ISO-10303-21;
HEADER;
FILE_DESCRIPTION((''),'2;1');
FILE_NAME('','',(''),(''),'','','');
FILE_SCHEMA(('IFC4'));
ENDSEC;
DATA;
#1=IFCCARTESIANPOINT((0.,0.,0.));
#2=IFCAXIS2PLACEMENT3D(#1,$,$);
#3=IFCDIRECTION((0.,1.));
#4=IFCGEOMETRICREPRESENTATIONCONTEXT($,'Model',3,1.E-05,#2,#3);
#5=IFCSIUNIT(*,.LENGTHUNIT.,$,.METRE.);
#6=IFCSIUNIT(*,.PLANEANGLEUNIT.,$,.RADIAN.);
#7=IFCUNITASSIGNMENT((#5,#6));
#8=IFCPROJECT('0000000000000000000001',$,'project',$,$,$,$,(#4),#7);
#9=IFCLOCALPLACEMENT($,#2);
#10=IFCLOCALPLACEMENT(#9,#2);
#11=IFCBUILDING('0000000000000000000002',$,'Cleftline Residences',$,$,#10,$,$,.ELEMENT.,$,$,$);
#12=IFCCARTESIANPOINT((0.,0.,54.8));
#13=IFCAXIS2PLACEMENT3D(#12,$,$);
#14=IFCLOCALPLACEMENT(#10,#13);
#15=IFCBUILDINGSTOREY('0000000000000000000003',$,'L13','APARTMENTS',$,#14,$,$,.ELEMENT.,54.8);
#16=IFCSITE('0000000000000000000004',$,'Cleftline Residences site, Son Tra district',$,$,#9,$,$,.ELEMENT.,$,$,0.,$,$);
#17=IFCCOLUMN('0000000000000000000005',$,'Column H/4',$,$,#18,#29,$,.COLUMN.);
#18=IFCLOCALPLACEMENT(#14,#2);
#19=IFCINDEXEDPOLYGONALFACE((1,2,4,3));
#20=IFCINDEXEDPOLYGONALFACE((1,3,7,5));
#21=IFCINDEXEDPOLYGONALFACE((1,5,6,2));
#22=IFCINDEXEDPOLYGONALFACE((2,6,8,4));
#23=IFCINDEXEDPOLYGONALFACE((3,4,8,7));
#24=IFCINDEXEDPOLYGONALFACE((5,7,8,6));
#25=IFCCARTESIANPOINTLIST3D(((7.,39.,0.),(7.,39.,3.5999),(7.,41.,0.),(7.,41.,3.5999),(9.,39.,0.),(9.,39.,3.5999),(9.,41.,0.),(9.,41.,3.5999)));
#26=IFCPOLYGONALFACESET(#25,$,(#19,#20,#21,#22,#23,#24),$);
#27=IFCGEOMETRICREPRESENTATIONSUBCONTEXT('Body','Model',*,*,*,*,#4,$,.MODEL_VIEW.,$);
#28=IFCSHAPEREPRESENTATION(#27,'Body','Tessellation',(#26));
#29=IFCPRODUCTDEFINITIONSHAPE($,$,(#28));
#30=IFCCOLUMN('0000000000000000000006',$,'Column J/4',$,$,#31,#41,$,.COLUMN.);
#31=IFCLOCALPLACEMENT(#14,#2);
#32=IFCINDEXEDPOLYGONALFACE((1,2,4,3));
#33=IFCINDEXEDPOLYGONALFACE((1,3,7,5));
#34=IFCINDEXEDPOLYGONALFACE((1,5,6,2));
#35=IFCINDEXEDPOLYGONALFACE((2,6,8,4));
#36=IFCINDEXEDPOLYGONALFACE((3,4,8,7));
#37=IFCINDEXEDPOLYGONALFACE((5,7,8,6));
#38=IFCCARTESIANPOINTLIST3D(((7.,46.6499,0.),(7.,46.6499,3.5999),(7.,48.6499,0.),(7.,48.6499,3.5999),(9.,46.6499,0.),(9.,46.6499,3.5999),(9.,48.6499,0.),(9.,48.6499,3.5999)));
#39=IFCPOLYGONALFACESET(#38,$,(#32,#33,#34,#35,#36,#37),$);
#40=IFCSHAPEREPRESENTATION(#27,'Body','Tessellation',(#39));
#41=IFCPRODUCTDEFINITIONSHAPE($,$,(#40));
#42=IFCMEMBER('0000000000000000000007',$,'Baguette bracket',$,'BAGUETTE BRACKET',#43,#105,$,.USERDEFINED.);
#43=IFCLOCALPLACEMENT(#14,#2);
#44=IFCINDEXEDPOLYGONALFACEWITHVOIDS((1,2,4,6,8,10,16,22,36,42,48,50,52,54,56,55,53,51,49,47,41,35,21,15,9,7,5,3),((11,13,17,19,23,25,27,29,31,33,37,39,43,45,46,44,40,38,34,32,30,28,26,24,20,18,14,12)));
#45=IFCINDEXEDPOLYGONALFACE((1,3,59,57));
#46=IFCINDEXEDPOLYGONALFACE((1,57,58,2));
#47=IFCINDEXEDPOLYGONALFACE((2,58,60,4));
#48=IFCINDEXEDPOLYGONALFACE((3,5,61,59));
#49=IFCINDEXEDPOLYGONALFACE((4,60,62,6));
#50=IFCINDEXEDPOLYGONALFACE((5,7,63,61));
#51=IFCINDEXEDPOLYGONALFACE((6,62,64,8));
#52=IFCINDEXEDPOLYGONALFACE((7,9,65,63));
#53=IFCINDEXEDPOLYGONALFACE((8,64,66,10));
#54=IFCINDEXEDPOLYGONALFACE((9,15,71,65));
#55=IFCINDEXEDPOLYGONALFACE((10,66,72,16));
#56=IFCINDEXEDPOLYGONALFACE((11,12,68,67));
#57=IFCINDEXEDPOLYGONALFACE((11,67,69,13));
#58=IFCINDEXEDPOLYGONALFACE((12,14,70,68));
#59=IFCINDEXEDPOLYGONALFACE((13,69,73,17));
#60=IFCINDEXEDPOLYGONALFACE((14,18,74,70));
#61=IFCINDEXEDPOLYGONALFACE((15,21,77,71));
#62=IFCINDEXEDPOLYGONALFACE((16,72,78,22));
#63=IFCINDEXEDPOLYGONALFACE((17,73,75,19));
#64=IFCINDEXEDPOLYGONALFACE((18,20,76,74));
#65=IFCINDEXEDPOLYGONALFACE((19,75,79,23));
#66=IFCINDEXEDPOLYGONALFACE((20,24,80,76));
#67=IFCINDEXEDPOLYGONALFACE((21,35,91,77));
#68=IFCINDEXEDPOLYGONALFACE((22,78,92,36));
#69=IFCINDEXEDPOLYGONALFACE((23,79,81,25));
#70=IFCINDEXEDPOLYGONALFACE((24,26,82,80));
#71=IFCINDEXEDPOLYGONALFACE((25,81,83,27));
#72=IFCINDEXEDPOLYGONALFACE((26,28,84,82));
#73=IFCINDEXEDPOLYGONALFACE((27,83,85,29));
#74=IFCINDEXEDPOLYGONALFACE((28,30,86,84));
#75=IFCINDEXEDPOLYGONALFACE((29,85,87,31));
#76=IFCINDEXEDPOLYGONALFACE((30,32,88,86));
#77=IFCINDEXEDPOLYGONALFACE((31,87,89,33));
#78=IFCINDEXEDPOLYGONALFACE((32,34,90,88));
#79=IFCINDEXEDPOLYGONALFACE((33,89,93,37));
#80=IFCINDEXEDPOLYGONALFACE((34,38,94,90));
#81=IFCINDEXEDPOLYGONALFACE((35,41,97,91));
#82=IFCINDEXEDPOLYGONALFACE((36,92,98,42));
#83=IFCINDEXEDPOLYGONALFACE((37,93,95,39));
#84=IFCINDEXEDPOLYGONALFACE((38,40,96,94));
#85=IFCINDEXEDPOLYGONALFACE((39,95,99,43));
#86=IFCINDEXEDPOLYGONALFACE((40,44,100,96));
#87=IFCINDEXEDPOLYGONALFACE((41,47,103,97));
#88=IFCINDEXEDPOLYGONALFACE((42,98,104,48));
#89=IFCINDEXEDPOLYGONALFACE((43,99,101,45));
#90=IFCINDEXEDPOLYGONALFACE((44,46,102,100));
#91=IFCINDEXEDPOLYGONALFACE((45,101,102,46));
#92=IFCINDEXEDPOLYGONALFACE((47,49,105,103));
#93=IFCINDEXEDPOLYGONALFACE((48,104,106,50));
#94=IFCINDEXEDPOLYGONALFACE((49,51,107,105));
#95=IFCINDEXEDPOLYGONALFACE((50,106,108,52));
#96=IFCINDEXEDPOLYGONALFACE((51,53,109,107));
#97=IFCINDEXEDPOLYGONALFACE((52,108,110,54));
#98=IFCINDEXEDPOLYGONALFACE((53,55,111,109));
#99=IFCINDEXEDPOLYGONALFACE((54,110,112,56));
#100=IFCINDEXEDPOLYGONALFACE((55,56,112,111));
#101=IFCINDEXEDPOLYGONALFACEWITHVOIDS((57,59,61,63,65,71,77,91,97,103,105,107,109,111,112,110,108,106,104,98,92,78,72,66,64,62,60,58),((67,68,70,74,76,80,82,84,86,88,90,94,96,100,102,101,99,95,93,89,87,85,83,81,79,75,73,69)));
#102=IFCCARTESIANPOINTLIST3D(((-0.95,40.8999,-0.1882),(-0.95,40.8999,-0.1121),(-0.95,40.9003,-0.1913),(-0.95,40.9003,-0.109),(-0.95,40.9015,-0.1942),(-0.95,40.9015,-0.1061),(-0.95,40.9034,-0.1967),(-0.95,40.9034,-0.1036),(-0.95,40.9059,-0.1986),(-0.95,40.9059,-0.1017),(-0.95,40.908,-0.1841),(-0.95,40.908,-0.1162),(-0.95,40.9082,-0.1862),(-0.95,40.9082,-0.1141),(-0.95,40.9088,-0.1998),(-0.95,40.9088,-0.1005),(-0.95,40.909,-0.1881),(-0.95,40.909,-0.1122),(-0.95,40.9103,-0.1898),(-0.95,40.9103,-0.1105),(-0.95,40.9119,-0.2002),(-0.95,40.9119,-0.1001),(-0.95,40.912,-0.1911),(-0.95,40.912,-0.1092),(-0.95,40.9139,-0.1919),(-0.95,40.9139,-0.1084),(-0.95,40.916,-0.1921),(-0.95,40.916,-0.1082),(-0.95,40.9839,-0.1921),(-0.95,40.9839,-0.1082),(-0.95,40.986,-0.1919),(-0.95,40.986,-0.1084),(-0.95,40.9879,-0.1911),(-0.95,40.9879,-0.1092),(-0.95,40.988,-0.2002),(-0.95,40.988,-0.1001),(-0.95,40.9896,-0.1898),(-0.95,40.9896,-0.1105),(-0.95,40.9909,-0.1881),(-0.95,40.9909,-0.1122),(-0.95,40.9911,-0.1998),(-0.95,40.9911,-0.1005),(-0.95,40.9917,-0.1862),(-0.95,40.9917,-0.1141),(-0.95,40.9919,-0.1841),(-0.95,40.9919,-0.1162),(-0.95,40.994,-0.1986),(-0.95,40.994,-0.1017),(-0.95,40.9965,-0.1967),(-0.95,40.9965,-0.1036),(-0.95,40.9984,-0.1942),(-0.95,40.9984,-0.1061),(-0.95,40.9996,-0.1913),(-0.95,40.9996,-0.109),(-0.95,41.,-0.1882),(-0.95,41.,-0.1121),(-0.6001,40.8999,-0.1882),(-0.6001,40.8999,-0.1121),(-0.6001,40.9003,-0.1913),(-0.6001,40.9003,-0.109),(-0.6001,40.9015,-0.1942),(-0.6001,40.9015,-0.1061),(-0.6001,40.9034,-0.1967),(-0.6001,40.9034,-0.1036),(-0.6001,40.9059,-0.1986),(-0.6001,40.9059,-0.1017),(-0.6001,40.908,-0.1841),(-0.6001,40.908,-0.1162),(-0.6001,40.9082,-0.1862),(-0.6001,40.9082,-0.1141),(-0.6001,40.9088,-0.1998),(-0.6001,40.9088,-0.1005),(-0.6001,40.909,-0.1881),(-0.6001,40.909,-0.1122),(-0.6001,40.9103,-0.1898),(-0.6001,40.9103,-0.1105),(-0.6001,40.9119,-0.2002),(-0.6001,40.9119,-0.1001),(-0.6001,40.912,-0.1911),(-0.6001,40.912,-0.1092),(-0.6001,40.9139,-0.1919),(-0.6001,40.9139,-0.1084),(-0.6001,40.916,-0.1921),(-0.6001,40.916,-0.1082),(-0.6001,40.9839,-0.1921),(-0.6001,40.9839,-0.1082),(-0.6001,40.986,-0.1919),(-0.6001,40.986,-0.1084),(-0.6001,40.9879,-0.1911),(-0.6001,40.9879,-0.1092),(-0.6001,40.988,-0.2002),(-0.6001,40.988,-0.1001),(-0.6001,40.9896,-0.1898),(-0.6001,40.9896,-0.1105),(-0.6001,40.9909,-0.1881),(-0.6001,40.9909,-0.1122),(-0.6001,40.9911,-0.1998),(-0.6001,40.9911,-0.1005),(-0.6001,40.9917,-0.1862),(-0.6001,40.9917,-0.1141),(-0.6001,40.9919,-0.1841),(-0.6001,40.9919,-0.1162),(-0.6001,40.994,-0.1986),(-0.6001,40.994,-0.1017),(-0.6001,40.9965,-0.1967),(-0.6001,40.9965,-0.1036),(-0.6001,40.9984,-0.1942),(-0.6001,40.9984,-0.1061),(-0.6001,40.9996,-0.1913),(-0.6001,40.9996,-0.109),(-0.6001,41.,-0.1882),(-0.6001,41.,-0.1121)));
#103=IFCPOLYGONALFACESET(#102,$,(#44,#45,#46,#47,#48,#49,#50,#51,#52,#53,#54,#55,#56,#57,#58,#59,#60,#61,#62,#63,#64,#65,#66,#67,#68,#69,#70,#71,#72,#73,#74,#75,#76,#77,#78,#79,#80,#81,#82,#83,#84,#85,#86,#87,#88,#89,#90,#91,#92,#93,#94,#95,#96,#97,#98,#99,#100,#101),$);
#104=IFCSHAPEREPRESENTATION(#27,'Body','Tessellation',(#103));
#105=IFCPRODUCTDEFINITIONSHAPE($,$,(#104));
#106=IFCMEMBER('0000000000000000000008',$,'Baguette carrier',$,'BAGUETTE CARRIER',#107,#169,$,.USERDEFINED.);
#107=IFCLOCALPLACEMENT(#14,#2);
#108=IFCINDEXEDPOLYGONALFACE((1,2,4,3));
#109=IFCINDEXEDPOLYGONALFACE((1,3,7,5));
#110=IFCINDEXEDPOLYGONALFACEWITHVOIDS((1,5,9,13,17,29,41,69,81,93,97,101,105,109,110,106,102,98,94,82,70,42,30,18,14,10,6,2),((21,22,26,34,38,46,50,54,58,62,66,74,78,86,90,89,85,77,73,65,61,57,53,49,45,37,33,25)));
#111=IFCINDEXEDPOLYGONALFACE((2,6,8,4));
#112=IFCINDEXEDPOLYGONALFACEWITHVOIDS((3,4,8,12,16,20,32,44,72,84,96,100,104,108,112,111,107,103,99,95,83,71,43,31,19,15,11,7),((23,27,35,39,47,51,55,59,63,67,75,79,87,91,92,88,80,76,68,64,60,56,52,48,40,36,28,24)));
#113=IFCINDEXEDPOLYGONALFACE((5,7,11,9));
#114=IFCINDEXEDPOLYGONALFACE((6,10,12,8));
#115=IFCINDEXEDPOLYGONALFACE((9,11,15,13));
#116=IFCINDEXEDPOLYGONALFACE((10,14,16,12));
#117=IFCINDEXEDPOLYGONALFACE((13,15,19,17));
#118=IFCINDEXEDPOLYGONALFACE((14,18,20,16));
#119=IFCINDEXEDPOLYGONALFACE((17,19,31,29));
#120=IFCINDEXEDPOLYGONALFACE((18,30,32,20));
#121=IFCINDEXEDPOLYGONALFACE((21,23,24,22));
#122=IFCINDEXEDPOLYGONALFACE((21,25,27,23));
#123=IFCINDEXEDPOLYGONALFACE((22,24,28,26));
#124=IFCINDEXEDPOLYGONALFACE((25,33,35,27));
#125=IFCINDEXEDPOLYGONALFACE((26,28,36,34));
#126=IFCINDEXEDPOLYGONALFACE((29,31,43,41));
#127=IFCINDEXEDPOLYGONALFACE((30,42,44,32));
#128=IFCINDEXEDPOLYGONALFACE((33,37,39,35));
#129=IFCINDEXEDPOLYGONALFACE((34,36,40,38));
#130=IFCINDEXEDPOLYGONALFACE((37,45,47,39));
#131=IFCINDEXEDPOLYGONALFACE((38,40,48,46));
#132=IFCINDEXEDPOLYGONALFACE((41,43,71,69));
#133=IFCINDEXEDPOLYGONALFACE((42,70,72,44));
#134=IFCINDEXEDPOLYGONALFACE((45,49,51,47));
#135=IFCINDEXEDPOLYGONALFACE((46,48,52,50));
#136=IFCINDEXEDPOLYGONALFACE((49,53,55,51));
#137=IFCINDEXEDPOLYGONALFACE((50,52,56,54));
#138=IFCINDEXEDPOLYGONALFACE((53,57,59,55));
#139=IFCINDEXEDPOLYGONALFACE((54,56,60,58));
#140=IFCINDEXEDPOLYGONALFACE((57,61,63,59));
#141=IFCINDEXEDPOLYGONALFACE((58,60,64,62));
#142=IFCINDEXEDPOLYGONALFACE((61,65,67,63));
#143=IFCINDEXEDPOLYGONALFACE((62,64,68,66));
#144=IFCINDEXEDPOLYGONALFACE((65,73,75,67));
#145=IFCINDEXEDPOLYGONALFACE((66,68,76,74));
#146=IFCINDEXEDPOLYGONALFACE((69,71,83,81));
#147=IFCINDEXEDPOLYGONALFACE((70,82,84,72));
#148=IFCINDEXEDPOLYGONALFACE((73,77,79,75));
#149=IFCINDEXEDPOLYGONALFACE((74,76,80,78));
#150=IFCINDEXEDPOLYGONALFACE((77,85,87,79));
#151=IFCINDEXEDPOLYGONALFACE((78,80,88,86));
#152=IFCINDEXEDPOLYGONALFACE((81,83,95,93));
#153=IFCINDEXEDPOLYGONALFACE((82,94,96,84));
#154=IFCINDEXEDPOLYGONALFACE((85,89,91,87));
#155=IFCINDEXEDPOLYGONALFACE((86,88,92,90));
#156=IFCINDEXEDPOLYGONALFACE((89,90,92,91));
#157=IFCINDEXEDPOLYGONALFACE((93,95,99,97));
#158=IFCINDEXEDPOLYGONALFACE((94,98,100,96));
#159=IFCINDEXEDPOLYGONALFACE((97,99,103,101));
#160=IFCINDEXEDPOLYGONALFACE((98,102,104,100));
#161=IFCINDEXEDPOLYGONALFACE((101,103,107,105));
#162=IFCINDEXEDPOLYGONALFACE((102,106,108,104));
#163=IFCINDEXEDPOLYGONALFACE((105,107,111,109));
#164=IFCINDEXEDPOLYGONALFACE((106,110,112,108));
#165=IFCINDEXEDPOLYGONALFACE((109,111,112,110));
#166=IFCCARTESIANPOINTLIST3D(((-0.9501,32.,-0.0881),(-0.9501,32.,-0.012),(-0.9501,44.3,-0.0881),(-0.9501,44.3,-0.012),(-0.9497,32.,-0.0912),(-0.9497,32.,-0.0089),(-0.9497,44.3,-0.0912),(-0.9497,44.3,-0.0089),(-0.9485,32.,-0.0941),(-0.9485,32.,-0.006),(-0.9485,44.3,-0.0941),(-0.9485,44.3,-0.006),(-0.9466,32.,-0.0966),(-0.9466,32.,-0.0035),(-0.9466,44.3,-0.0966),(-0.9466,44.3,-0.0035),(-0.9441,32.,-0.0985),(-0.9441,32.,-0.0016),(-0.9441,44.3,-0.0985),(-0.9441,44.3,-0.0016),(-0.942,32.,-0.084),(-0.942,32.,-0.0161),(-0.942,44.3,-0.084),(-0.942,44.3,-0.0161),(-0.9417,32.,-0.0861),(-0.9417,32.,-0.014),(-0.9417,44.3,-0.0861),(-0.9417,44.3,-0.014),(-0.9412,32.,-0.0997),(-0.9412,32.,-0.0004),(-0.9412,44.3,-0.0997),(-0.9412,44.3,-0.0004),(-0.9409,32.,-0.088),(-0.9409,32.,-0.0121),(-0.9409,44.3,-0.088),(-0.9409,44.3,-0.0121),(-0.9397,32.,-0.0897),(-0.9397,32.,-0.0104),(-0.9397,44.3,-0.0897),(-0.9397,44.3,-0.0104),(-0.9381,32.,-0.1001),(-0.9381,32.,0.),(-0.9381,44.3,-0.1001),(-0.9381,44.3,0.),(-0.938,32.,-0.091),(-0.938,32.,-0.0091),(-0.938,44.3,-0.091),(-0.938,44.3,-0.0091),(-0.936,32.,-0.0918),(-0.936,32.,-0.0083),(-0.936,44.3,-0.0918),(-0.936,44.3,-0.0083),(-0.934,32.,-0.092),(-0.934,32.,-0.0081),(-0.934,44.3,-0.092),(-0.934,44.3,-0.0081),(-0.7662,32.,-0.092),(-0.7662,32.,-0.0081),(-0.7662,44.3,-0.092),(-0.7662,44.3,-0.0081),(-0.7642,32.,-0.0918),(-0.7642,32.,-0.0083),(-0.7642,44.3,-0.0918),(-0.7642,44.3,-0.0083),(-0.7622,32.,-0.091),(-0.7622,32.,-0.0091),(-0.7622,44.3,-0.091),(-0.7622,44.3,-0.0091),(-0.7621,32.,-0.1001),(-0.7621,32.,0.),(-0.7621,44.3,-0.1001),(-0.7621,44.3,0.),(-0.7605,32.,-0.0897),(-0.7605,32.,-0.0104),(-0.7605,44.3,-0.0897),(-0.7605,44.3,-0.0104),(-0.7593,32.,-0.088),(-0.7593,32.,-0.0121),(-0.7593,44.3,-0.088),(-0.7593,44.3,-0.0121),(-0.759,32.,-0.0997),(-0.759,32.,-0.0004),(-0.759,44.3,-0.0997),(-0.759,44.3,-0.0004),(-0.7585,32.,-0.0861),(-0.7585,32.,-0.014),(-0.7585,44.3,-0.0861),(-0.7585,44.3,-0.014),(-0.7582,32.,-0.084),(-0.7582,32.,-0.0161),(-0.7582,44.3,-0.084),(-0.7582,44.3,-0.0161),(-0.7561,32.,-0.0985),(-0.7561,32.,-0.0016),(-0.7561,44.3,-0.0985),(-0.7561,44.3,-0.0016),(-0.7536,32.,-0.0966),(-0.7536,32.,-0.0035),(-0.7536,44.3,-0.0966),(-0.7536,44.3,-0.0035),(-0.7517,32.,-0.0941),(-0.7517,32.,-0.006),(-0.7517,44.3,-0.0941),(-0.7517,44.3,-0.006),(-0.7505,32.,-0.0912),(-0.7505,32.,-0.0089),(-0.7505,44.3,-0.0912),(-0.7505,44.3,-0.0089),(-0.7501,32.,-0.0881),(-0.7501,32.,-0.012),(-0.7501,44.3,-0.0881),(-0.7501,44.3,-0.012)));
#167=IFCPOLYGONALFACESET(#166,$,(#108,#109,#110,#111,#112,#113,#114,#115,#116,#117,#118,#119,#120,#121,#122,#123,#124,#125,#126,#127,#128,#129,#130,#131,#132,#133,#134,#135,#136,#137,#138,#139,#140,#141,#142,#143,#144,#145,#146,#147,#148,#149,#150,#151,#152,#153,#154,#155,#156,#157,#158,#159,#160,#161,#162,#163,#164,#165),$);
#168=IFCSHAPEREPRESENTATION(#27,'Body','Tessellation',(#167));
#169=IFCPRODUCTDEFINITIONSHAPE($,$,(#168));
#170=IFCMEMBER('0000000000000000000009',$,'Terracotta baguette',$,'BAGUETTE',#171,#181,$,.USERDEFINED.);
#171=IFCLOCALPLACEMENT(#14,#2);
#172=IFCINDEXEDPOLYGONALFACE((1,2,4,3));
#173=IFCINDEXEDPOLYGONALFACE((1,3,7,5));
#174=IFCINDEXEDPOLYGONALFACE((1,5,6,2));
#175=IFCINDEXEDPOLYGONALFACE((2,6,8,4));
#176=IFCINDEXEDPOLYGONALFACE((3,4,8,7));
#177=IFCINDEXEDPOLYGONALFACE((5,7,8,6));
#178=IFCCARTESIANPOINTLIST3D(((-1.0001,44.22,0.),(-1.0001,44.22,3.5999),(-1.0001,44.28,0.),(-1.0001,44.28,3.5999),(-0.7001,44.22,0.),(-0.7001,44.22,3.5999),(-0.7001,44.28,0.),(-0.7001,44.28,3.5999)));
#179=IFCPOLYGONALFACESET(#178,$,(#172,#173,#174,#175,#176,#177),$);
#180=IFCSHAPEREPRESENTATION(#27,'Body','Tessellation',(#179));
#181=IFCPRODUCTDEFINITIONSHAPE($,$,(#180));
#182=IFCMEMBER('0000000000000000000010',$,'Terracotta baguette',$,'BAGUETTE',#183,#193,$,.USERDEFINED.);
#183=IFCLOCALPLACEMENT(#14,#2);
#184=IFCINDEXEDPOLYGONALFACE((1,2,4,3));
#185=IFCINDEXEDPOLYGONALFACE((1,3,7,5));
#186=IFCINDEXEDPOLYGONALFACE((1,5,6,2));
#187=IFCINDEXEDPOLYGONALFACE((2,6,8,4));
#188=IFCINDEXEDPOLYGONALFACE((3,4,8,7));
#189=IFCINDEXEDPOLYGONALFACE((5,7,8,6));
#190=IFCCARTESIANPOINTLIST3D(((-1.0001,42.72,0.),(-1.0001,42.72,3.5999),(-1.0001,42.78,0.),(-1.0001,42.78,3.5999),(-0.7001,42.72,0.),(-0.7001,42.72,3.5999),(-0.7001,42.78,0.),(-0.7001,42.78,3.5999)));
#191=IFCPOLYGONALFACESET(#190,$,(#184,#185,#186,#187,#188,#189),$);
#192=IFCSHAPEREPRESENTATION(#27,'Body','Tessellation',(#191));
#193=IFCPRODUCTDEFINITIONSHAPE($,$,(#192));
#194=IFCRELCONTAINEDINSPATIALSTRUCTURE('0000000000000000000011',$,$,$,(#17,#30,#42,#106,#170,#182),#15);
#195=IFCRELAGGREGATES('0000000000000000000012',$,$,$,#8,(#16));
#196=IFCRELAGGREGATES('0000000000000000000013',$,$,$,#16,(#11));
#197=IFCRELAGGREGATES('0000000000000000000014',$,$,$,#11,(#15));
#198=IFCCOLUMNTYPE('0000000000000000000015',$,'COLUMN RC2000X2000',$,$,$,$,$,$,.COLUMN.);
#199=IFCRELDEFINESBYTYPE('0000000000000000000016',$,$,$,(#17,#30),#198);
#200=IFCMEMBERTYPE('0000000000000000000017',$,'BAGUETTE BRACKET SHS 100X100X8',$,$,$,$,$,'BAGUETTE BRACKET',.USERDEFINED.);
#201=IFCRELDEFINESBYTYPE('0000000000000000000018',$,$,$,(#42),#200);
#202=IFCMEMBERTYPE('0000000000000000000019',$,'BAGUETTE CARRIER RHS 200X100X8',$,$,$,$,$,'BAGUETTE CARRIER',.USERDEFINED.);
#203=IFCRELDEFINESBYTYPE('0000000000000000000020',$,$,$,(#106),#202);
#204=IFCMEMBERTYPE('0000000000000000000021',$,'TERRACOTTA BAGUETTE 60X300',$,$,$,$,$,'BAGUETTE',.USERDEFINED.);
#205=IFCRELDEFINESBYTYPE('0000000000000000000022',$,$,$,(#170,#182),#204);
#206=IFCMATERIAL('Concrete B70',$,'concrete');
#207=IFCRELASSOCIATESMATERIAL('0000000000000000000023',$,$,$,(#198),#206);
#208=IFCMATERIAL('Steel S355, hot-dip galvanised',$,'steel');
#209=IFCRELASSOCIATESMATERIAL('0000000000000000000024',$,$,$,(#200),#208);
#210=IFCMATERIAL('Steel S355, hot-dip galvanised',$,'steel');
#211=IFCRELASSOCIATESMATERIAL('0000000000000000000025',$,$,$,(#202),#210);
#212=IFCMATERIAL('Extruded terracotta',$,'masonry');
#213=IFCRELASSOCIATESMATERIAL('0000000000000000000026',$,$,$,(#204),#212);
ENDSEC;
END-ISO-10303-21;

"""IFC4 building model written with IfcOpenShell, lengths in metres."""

from ifc_helpers import new_model, si_unit, direction, frame, origin, origin_2d, place, context, subcontext, project, spatial, rectangle, hollow_rectangle, extrude, material, material_profile, profile_set, type_object, element, save


model = new_model("IFC4")

# Units and contexts
model_context = context("Model", 3, precision=1e-05, world=origin(), true_north=direction((0.0, 1.0)))
body_context = subcontext(model_context, "Body", "Model", "MODEL_VIEW")
ifc_project = project(units=[si_unit("LENGTHUNIT", "METRE"), si_unit("PLANEANGLEUNIT", "RADIAN")], contexts=[model_context])

# Site, building, storey
site_placement = place(None, origin())
site = spatial("IfcSite", under=ifc_project, at=site_placement, Name="Cleftline Residences site, Son Tra district", CompositionType="ELEMENT", RefElevation=0.0)
building_placement = place(site_placement, origin())
building = spatial("IfcBuilding", under=site, at=building_placement, Name="Cleftline Residences", CompositionType="ELEMENT")
storey_placement = place(building_placement, frame((0.0, 0.0, 54.8)))
storey = spatial("IfcBuildingStorey", under=building, at=storey_placement, Name="L13", Description="APARTMENTS", CompositionType="ELEMENT", Elevation=54.8)

# Columns
ifc_material_1 = material(Name="Concrete B70", Category="concrete")
ifc_material_profile_1 = material_profile(ifc_material_1, rectangle(XDim=2.0, YDim=2.0, at=origin_2d()))
ifc_profile_set_1 = profile_set([ifc_material_profile_1], Name="Concrete B70")
column_type = type_object("IfcColumnType", Name="COLUMN RC2000X2000", PredefinedType="COLUMN", material=ifc_profile_set_1)
for number, where, z_axis, x_axis, name in (
    (1, (8.0, 40.0, 0.0), (0.0, 0.0, 1.0), (1.0, 0.0, 0.0), "Column H/4"),
    (2, (8.0, 47.6499, 0.0), (0.0, 0.0, 1.0), (1.0, 0.0, 0.0), "Column J/4"),
):
    element("IfcColumn", number, at=place(storey_placement, frame(where, z_axis=z_axis, x_axis=x_axis)), inside=storey, type_object=column_type, Name=name, PredefinedType="COLUMN", context=body_context, shape_type="SweptSolid", body=[
        extrude(rectangle(XDim=2.0, YDim=2.0, at=origin_2d()), origin(), (0.0, 0.0, 1.0), 3.5999),
    ])

# Members
ifc_material_2 = material(Name="Steel S355, hot-dip galvanised", Category="steel")
ifc_material_profile_2 = material_profile(ifc_material_2, hollow_rectangle(XDim=0.1001, YDim=0.1001, WallThickness=0.0081, InnerFilletRadius=0.0081, OuterFilletRadius=0.012, at=origin_2d()))
ifc_profile_set_2 = profile_set([ifc_material_profile_2], Name="Steel S355, hot-dip galvanised")
member_type_1 = type_object("IfcMemberType", Name="BAGUETTE BRACKET SHS 100X100X8", ElementType="BAGUETTE BRACKET", PredefinedType="USERDEFINED", material=ifc_profile_set_2)
member_1_placement = place(storey_placement, frame((-0.6001, 40.95, -0.1501), z_axis=(-1.0, 0.0, 0.0), x_axis=(0.0, -1.0, 0.0)))
element("IfcMember", 3, at=member_1_placement, inside=storey, type_object=member_type_1, Name="Baguette bracket", ObjectType="BAGUETTE BRACKET", PredefinedType="USERDEFINED", context=body_context, shape_type="SweptSolid", body=[
    extrude(hollow_rectangle(XDim=0.1001, YDim=0.1001, WallThickness=0.0081, InnerFilletRadius=0.0081, OuterFilletRadius=0.012, at=origin_2d()), origin(), (0.0, 0.0, 1.0), 0.3499),
])
ifc_material_3 = material(Name="Steel S355, hot-dip galvanised", Category="steel")
ifc_material_profile_3 = material_profile(ifc_material_3, hollow_rectangle(XDim=0.1001, YDim=0.2, WallThickness=0.0081, InnerFilletRadius=0.0081, OuterFilletRadius=0.012, at=origin_2d()))
ifc_profile_set_3 = profile_set([ifc_material_profile_3], Name="Steel S355, hot-dip galvanised")
member_type_2 = type_object("IfcMemberType", Name="BAGUETTE CARRIER RHS 200X100X8", ElementType="BAGUETTE CARRIER", PredefinedType="USERDEFINED", material=ifc_profile_set_3)
member_2_placement = place(storey_placement, frame((-0.8501, 44.3, -0.05), z_axis=(0.0, -1.0, 0.0), x_axis=(0.0, 0.0, 1.0)))
element("IfcMember", 4, at=member_2_placement, inside=storey, type_object=member_type_2, Name="Baguette carrier", ObjectType="BAGUETTE CARRIER", PredefinedType="USERDEFINED", context=body_context, shape_type="SweptSolid", body=[
    extrude(hollow_rectangle(XDim=0.1001, YDim=0.2, WallThickness=0.0081, InnerFilletRadius=0.0081, OuterFilletRadius=0.012, at=origin_2d()), origin(), (0.0, 0.0, 1.0), 12.3),
])
ifc_material_4 = material(Name="Extruded terracotta", Category="masonry")
ifc_material_profile_4 = material_profile(ifc_material_4, rectangle(XDim=0.0601, YDim=0.3, at=origin_2d()))
ifc_profile_set_4 = profile_set([ifc_material_profile_4], Name="Extruded terracotta")
member_type_3 = type_object("IfcMemberType", Name="TERRACOTTA BAGUETTE 60X300", ElementType="BAGUETTE", PredefinedType="USERDEFINED", material=ifc_profile_set_4)
for number, where, z_axis, x_axis, name in (
    (5, (-0.8501, 44.25, 0.0), (0.0, 0.0, 1.0), (0.0, 1.0, 0.0), "Terracotta baguette"),
    (6, (-0.8501, 42.75, 0.0), (0.0, 0.0, 1.0), (0.0, 1.0, 0.0), "Terracotta baguette"),
):
    element("IfcMember", number, at=place(storey_placement, frame(where, z_axis=z_axis, x_axis=x_axis)), inside=storey, type_object=member_type_3, Name=name, ObjectType="BAGUETTE", PredefinedType="USERDEFINED", context=body_context, shape_type="SweptSolid", body=[
        extrude(rectangle(XDim=0.0601, YDim=0.3, at=origin_2d()), origin(), (0.0, 0.0, 1.0), 3.5999),
    ])

save(model, "model.ifc")
